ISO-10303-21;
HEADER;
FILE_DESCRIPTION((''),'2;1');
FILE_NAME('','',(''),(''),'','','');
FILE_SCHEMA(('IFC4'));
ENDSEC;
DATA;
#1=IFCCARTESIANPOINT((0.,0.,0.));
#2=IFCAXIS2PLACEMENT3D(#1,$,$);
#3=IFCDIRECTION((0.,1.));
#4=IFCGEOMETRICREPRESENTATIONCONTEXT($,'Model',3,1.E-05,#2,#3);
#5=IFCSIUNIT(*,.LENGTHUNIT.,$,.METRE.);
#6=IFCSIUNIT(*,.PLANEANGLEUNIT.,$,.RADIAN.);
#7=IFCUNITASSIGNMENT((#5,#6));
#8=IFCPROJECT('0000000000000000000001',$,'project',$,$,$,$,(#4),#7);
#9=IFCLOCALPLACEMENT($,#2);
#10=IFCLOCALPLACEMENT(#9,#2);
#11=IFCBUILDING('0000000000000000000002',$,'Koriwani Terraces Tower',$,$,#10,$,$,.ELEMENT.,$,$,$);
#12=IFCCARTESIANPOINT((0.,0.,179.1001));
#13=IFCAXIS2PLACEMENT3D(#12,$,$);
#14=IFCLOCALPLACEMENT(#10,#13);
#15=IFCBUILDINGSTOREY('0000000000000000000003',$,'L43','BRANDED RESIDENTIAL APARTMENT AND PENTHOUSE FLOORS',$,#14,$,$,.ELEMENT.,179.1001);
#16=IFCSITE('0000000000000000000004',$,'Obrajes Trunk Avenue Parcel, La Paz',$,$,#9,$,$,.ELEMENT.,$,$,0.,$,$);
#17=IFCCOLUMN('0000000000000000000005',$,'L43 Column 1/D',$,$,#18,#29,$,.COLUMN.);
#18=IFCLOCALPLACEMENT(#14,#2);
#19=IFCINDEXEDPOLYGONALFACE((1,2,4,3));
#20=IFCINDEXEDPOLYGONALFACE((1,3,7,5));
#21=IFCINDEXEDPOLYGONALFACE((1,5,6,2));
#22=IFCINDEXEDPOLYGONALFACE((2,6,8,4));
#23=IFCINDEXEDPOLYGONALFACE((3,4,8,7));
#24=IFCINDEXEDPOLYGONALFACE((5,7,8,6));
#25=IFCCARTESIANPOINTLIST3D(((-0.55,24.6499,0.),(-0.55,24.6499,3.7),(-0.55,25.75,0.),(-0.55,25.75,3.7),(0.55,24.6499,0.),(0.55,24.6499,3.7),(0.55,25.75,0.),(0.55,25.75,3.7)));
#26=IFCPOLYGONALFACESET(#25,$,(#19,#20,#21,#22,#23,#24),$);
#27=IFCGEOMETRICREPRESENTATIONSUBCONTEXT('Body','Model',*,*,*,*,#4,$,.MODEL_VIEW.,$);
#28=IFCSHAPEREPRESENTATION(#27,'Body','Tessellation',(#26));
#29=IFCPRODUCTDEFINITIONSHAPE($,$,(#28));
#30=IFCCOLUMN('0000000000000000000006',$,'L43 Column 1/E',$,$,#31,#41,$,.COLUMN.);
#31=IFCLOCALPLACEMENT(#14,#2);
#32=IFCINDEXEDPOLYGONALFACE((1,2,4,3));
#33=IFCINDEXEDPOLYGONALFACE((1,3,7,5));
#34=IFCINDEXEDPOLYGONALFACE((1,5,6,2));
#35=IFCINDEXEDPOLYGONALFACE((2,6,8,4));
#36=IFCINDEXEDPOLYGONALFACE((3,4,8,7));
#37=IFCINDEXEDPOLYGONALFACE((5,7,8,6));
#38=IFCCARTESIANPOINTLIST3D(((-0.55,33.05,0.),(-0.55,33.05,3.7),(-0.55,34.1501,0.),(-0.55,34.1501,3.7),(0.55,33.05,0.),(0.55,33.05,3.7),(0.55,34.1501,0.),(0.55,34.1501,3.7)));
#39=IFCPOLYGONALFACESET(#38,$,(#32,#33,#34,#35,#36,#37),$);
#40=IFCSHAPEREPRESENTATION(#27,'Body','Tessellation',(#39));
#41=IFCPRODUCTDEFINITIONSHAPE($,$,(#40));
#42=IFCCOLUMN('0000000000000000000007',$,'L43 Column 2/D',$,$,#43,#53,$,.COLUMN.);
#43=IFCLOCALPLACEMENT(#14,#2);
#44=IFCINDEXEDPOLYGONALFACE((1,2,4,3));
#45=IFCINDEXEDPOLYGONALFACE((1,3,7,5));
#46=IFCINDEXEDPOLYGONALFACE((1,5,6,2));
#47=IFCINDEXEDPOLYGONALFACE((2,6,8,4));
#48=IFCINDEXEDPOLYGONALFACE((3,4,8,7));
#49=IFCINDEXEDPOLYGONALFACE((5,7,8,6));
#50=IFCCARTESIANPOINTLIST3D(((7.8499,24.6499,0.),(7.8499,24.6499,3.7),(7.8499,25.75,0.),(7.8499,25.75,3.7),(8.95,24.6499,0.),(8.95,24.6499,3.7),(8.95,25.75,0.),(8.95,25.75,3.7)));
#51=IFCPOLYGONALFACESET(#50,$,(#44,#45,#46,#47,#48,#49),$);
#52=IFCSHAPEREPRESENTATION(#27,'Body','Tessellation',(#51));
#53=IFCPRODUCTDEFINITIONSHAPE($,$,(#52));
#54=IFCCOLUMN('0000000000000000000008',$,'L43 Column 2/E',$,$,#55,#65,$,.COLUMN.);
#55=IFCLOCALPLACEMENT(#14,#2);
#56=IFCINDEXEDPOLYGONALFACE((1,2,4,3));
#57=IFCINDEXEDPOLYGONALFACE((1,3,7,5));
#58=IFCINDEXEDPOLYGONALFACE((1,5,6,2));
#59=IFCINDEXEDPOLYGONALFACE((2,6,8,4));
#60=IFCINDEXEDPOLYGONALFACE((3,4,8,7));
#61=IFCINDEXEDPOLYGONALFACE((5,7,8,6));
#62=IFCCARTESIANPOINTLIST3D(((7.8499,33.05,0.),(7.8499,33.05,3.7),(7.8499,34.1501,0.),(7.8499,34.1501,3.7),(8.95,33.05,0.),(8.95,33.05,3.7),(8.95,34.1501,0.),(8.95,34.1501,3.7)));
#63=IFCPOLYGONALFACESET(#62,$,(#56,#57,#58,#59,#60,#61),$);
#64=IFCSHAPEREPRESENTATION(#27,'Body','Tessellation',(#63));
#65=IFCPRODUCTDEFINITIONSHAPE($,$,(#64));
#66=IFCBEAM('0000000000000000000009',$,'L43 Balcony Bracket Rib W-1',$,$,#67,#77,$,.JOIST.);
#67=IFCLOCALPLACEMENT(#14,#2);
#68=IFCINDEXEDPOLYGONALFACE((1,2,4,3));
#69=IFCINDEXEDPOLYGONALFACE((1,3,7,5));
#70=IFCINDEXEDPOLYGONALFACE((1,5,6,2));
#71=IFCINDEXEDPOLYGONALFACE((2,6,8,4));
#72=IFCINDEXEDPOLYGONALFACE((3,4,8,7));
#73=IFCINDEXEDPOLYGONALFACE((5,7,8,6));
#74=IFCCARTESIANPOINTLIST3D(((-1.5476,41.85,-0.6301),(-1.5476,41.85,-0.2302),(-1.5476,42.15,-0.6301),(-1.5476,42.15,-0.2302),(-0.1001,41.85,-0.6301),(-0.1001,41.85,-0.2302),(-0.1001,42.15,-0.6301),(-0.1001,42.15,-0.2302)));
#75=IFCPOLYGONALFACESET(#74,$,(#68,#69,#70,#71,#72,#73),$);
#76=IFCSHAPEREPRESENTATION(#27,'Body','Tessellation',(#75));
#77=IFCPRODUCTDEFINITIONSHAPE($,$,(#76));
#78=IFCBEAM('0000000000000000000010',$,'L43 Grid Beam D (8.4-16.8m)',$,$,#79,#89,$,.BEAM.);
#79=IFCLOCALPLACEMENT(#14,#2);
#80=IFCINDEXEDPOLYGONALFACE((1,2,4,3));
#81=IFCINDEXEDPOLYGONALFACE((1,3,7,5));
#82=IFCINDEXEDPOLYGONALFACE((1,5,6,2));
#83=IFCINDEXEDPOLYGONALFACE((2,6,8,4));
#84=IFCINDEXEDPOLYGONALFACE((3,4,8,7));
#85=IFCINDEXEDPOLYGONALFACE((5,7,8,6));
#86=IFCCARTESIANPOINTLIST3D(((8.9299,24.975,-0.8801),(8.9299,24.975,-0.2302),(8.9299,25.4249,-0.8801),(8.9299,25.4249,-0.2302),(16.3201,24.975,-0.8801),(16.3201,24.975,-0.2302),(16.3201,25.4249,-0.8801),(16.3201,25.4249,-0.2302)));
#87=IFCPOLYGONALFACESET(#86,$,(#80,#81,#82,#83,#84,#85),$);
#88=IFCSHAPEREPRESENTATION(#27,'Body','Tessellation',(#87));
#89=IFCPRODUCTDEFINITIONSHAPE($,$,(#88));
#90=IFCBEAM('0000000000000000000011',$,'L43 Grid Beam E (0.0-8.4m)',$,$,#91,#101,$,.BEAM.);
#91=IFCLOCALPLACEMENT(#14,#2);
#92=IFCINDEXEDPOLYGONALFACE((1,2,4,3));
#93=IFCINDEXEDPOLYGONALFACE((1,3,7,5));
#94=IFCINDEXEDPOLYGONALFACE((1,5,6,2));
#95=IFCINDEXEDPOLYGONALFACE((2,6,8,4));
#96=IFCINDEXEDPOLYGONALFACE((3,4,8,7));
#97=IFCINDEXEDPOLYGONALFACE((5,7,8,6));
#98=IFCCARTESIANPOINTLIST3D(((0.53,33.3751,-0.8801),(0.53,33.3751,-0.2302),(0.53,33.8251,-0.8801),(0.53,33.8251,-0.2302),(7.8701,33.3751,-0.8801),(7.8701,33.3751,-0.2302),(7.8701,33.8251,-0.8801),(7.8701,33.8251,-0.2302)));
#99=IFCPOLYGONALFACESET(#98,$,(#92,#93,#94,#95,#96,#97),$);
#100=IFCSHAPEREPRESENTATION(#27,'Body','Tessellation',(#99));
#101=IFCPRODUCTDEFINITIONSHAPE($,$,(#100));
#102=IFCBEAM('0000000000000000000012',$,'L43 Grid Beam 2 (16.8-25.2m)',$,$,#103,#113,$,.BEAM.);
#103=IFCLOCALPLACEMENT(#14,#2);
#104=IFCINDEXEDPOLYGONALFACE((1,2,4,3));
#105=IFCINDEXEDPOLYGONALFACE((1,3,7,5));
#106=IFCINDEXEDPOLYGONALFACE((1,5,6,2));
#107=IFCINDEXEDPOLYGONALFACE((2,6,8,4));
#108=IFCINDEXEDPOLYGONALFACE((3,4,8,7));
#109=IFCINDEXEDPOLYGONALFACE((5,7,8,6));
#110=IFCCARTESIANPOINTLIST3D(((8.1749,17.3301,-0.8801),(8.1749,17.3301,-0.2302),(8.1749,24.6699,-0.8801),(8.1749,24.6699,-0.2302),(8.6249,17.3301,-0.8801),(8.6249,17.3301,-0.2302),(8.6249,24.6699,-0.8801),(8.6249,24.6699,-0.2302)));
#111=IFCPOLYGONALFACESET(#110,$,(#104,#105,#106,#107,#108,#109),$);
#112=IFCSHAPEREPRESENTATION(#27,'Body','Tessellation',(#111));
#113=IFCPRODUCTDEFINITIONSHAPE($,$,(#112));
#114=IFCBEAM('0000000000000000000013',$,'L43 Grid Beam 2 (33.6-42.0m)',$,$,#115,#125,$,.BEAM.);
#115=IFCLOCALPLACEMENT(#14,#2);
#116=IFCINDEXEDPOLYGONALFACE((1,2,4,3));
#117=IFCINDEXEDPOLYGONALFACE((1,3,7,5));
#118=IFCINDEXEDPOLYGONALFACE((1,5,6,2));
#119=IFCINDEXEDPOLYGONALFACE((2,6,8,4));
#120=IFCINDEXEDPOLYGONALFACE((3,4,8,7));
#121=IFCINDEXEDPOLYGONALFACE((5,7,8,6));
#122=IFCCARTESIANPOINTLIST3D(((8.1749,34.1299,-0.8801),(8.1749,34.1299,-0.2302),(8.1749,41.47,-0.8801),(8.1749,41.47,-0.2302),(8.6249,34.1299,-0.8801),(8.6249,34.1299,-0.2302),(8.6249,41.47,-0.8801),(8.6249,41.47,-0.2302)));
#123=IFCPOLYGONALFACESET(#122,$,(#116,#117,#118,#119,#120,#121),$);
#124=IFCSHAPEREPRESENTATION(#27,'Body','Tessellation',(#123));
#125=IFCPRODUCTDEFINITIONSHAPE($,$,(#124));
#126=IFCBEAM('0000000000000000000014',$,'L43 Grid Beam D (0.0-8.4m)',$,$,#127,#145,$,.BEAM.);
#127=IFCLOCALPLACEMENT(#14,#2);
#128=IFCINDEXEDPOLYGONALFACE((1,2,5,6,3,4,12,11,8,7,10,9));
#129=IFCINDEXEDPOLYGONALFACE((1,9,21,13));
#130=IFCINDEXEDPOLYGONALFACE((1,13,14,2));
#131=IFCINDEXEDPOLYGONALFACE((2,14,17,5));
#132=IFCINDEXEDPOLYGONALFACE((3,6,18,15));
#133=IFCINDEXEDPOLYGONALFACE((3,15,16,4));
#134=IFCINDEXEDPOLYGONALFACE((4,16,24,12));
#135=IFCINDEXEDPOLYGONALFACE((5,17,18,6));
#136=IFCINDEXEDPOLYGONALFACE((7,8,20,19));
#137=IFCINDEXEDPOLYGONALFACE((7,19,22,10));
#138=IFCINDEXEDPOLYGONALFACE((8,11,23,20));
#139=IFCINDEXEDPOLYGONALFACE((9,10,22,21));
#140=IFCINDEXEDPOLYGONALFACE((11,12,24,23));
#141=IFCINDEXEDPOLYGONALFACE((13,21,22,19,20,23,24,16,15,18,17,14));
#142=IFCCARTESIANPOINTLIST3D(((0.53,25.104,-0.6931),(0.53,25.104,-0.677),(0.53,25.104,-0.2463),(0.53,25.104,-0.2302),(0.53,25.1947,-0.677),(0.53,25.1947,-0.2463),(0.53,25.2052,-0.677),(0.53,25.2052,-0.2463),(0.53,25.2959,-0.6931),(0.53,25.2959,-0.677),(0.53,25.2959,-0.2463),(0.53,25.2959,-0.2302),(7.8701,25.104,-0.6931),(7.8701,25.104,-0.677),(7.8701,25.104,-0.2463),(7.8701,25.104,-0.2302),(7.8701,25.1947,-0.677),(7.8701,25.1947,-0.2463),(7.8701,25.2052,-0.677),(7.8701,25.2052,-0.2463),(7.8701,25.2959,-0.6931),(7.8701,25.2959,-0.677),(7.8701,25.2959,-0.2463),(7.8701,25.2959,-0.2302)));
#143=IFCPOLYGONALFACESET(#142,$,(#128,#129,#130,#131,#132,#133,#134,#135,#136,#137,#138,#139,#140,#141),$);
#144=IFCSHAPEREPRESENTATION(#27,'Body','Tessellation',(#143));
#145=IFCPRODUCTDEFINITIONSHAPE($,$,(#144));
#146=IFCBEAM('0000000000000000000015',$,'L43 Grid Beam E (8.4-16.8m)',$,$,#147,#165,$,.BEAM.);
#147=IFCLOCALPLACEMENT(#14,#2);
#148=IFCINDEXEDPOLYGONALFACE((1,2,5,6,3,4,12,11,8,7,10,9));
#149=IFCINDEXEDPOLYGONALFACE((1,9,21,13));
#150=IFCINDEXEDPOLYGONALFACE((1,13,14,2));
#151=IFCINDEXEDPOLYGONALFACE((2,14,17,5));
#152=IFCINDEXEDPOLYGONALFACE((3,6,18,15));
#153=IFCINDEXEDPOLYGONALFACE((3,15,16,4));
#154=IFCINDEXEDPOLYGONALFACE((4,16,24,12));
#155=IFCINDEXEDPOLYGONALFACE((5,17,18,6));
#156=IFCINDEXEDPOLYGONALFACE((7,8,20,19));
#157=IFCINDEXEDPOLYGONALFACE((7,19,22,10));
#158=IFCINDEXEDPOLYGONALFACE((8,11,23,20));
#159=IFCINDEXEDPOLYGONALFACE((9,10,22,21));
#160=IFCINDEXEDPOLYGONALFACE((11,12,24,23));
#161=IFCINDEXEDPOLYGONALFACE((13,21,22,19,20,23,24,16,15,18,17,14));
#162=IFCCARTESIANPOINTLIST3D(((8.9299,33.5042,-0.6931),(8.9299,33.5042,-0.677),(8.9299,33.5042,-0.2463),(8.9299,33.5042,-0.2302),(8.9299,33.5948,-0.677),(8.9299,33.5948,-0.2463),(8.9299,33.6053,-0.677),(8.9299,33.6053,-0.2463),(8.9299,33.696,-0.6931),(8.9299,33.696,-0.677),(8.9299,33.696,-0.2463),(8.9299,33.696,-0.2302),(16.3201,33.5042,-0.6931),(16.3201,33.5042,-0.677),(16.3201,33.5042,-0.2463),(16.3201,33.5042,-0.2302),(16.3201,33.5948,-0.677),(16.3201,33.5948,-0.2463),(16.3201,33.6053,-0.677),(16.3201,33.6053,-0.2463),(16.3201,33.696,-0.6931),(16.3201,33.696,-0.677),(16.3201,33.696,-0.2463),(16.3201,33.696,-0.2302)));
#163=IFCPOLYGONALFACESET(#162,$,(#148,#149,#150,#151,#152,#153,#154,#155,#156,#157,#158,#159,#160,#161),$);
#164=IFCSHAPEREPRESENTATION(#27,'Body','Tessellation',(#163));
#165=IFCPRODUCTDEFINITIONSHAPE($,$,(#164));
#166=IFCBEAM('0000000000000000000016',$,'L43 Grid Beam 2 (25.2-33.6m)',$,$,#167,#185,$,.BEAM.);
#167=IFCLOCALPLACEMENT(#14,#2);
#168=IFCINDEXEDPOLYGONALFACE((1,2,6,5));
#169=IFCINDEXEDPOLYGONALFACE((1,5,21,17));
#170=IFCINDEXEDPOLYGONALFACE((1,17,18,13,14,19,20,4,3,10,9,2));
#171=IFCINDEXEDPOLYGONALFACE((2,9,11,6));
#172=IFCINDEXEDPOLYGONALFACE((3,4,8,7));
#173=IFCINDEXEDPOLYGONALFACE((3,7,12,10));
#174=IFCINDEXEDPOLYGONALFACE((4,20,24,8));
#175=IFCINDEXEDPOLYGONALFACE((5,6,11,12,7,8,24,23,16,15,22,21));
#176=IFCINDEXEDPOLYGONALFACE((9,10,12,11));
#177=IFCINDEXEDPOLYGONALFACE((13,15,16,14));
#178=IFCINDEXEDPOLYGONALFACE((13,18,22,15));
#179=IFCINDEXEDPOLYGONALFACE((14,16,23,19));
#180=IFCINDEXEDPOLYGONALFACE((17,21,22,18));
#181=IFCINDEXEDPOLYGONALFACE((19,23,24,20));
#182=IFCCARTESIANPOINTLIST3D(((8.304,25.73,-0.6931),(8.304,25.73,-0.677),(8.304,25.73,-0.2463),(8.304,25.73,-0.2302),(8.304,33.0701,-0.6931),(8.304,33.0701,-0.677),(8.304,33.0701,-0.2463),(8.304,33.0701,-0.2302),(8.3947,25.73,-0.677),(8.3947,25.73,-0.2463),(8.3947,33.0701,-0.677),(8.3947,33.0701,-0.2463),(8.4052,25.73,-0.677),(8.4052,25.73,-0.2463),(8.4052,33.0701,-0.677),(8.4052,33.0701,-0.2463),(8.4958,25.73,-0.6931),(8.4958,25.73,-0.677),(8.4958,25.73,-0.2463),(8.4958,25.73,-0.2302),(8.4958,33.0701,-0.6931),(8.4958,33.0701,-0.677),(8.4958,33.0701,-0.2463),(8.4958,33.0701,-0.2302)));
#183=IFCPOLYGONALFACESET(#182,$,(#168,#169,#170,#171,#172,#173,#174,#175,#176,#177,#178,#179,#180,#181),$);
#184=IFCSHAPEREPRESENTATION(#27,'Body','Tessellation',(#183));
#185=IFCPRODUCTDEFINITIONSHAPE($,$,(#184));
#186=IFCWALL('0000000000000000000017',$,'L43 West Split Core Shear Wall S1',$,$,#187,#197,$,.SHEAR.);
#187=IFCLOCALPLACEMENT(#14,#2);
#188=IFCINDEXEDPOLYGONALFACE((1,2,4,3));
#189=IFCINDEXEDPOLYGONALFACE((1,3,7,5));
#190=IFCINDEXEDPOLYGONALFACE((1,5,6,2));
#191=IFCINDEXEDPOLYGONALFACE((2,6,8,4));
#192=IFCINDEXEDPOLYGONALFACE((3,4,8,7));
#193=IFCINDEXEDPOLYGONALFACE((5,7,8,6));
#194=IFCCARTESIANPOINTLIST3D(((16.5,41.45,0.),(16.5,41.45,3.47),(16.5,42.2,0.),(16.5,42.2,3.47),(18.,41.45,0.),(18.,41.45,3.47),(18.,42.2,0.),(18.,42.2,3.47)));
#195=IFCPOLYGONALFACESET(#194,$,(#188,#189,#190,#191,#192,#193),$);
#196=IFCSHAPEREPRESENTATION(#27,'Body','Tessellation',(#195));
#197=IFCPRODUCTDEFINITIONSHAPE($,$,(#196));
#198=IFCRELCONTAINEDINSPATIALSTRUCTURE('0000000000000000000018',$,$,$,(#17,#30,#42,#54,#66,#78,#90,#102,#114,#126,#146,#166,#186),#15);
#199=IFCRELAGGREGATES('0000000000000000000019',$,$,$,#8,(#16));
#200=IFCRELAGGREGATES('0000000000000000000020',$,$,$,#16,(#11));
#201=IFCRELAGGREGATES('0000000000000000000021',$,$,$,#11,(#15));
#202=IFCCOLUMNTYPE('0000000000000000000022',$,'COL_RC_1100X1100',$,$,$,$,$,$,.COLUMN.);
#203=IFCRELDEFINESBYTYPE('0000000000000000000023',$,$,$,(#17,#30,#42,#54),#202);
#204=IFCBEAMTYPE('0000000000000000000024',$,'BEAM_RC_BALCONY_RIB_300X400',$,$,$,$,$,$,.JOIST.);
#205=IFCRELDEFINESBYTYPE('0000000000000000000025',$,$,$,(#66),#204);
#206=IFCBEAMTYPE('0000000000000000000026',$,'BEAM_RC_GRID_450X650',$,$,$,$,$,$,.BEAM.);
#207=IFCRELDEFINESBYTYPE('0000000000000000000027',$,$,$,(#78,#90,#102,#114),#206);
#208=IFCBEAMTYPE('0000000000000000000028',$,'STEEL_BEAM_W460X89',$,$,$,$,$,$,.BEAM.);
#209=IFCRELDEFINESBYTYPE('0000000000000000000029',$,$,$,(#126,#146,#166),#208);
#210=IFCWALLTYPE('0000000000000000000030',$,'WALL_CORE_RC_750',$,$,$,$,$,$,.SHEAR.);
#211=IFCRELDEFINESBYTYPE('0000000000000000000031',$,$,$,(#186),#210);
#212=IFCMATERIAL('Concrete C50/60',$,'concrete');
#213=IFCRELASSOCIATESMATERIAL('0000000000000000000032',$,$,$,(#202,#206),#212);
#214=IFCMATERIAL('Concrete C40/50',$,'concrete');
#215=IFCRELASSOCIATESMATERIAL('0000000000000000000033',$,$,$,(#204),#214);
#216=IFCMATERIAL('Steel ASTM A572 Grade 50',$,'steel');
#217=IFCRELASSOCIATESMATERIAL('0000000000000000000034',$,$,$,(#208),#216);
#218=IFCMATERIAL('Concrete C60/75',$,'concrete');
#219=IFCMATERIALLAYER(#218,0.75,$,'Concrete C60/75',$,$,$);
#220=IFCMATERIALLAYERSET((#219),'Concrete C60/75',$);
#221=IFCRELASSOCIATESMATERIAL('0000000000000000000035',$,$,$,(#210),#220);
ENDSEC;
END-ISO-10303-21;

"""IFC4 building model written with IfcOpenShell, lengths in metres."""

from ifc_helpers import new_model, si_unit, direction, frame, frame_2d, origin, origin_2d, place, context, subcontext, project, spatial, rectangle, i_section, extrude, material, layer, layer_set, material_profile, profile_set, type_object, element, save


model = new_model("IFC4")

# Units and contexts
model_context = context("Model", 3, precision=1e-05, world=origin(), true_north=direction((0.0, 1.0)))
body_context = subcontext(model_context, "Body", "Model", "MODEL_VIEW")
ifc_project = project(units=[si_unit("LENGTHUNIT", "METRE"), si_unit("PLANEANGLEUNIT", "RADIAN")], contexts=[model_context])

# Site, building, storey
site_placement = place(None, origin())
site = spatial("IfcSite", under=ifc_project, at=site_placement, Name="Obrajes Trunk Avenue Parcel, La Paz", CompositionType="ELEMENT", RefElevation=0.0)
building_placement = place(site_placement, origin())
building = spatial("IfcBuilding", under=site, at=building_placement, Name="Koriwani Terraces Tower", CompositionType="ELEMENT")
storey_placement = place(building_placement, frame((0.0, 0.0, 179.1001)))
storey = spatial("IfcBuildingStorey", under=building, at=storey_placement, Name="L43", Description="BRANDED RESIDENTIAL APARTMENT AND PENTHOUSE FLOORS", CompositionType="ELEMENT", Elevation=179.1001)

# Columns
ifc_material_1 = material(Name="Concrete C50/60", Category="concrete")
ifc_material_profile_1 = material_profile(ifc_material_1, rectangle(XDim=1.1001, YDim=1.1001, at=origin_2d()), Name="Concrete C50/60", Category="LoadBearing")
ifc_profile_set_1 = profile_set([ifc_material_profile_1], Name="Concrete C50/60")
column_type = type_object("IfcColumnType", Name="COL_RC_1100X1100", PredefinedType="COLUMN", material=ifc_profile_set_1)
for number, where, z_axis, x_axis, name in (
    (1, (0.0, 25.2, 0.0), (0.0, 0.0, 1.0), (1.0, 0.0, 0.0), "L43 Column 1/D"),
    (2, (0.0, 33.6001, 0.0), (0.0, 0.0, 1.0), (1.0, 0.0, 0.0), "L43 Column 1/E"),
    (3, (8.3999, 25.2, 0.0), (0.0, 0.0, 1.0), (1.0, 0.0, 0.0), "L43 Column 2/D"),
    (4, (8.3999, 33.6001, 0.0), (0.0, 0.0, 1.0), (1.0, 0.0, 0.0), "L43 Column 2/E"),
):
    element("IfcColumn", number, at=place(storey_placement, frame(where, z_axis=z_axis, x_axis=x_axis)), inside=storey, type_object=column_type, Name=name, PredefinedType="COLUMN", context=body_context, shape_type="SweptSolid", body=[
        extrude(rectangle(XDim=1.1001, YDim=1.1001, at=origin_2d()), origin(), (0.0, 0.0, 1.0), 3.7),
    ])

# Beams
ifc_material_2 = material(Name="Concrete C40/50", Category="concrete")
ifc_material_profile_2 = material_profile(ifc_material_2, rectangle(XDim=0.3, YDim=0.3999, at=origin_2d()), Name="Concrete C40/50", Category="LoadBearing")
ifc_profile_set_2 = profile_set([ifc_material_profile_2], Name="Concrete C40/50")
beam_type_1 = type_object("IfcBeamType", Name="BEAM_RC_BALCONY_RIB_300X400", PredefinedType="JOIST", material=ifc_profile_set_2)
beam_1_placement = place(storey_placement, frame((-1.5476, 42.0, -0.4302), z_axis=(1.0, 0.0, 0.0), x_axis=(0.0, 1.0, 0.0)))
element("IfcBeam", 5, at=beam_1_placement, inside=storey, type_object=beam_type_1, Name="L43 Balcony Bracket Rib W-1", PredefinedType="JOIST", context=body_context, shape_type="SweptSolid", body=[
    extrude(rectangle(XDim=0.3, YDim=0.3999, at=origin_2d()), origin(), (0.0, 0.0, 1.0), 1.4475),
])
ifc_material_profile_3 = material_profile(ifc_material_1, rectangle(XDim=0.45, YDim=0.6499, at=origin_2d()), Name="Concrete C50/60", Category="LoadBearing")
ifc_profile_set_3 = profile_set([ifc_material_profile_3], Name="Concrete C50/60")
beam_type_2 = type_object("IfcBeamType", Name="BEAM_RC_GRID_450X650", PredefinedType="BEAM", material=ifc_profile_set_3)
beam_2_placement = place(storey_placement, frame((8.9299, 25.2, -0.5552), z_axis=(1.0, 0.0, 0.0), x_axis=(0.0, 1.0, 0.0)))
element("IfcBeam", 6, at=beam_2_placement, inside=storey, type_object=beam_type_2, Name="L43 Grid Beam D (8.4-16.8m)", PredefinedType="BEAM", context=body_context, shape_type="SweptSolid", body=[
    extrude(rectangle(XDim=0.45, YDim=0.6499, at=origin_2d()), origin(), (0.0, 0.0, 1.0), 7.3901),
])
beam_3_placement = place(storey_placement, frame((0.53, 33.6001, -0.5552), z_axis=(1.0, 0.0, 0.0), x_axis=(0.0, 1.0, 0.0)))
element("IfcBeam", 7, at=beam_3_placement, inside=storey, type_object=beam_type_2, Name="L43 Grid Beam E (0.0-8.4m)", PredefinedType="BEAM", context=body_context, shape_type="SweptSolid", body=[
    extrude(rectangle(XDim=0.45, YDim=0.6499, at=origin_2d()), origin(), (0.0, 0.0, 1.0), 7.3401),
])
beam_4_placement = place(storey_placement, frame((8.3999, 17.3301, -0.5552), z_axis=(0.0, 1.0, 0.0), x_axis=(-1.0, 0.0, 0.0)))
element("IfcBeam", 8, at=beam_4_placement, inside=storey, type_object=beam_type_2, Name="L43 Grid Beam 2 (16.8-25.2m)", PredefinedType="BEAM", context=body_context, shape_type="SweptSolid", body=[
    extrude(rectangle(XDim=0.45, YDim=0.6499, at=origin_2d()), origin(), (0.0, 0.0, 1.0), 7.3398),
])
beam_5_placement = place(storey_placement, frame((8.3999, 34.1299, -0.5552), z_axis=(0.0, 1.0, 0.0), x_axis=(-1.0, 0.0, 0.0)))
element("IfcBeam", 9, at=beam_5_placement, inside=storey, type_object=beam_type_2, Name="L43 Grid Beam 2 (33.6-42.0m)", PredefinedType="BEAM", context=body_context, shape_type="SweptSolid", body=[
    extrude(rectangle(XDim=0.45, YDim=0.6499, at=origin_2d()), origin(), (0.0, 0.0, 1.0), 7.3401),
])
ifc_material_3 = material(Name="Steel ASTM A572 Grade 50", Category="steel")
ifc_material_profile_4 = material_profile(ifc_material_3, i_section(OverallWidth=0.1919, OverallDepth=0.4629, WebThickness=0.0105, FlangeThickness=0.0161, at=origin_2d()), Name="Steel ASTM A572 Grade 50", Category="LoadBearing")
ifc_profile_set_4 = profile_set([ifc_material_profile_4], Name="Steel ASTM A572 Grade 50")
beam_type_3 = type_object("IfcBeamType", Name="STEEL_BEAM_W460X89", PredefinedType="BEAM", material=ifc_profile_set_4)
beam_6_placement = place(storey_placement, frame((0.53, 25.2, -0.4617), z_axis=(1.0, 0.0, 0.0), x_axis=(0.0, 1.0, 0.0)))
element("IfcBeam", 10, at=beam_6_placement, inside=storey, type_object=beam_type_3, Name="L43 Grid Beam D (0.0-8.4m)", PredefinedType="BEAM", context=body_context, shape_type="SweptSolid", body=[
    extrude(i_section(OverallWidth=0.1919, OverallDepth=0.4629, WebThickness=0.0105, FlangeThickness=0.0161, at=origin_2d()), origin(), (0.0, 0.0, 1.0), 7.3401),
])
beam_7_placement = place(storey_placement, frame((8.9299, 33.6001, -0.4617), z_axis=(1.0, 0.0, 0.0), x_axis=(0.0, 1.0, 0.0)))
element("IfcBeam", 11, at=beam_7_placement, inside=storey, type_object=beam_type_3, Name="L43 Grid Beam E (8.4-16.8m)", PredefinedType="BEAM", context=body_context, shape_type="SweptSolid", body=[
    extrude(i_section(OverallWidth=0.1919, OverallDepth=0.4629, WebThickness=0.0105, FlangeThickness=0.0161, at=origin_2d()), origin(), (0.0, 0.0, 1.0), 7.3901),
])
beam_8_placement = place(storey_placement, frame((8.3999, 25.73, -0.4617), z_axis=(0.0, 1.0, 0.0), x_axis=(-1.0, 0.0, 0.0)))
element("IfcBeam", 12, at=beam_8_placement, inside=storey, type_object=beam_type_3, Name="L43 Grid Beam 2 (25.2-33.6m)", PredefinedType="BEAM", context=body_context, shape_type="SweptSolid", body=[
    extrude(i_section(OverallWidth=0.1919, OverallDepth=0.4629, WebThickness=0.0105, FlangeThickness=0.0161, at=origin_2d()), origin(), (0.0, 0.0, 1.0), 7.3401),
])

# Wall
ifc_material_4 = material(Name="Concrete C60/75", Category="concrete")
ifc_layer_1 = layer(ifc_material_4, 0.75, Name="Concrete C60/75")
ifc_layer_set_1 = layer_set([ifc_layer_1], Name="Concrete C60/75")
wall_type_1 = type_object("IfcWallType", Name="WALL_CORE_RC_750", PredefinedType="SHEAR", material=ifc_layer_set_1)
wall_1_placement = place(storey_placement, frame((16.5, 41.825, 0.0), z_axis=(0.0, 0.0, 1.0), x_axis=(1.0, 0.0, 0.0)))
element("IfcWall", 13, at=wall_1_placement, inside=storey, type_object=wall_type_1, Name="L43 West Split Core Shear Wall S1", PredefinedType="SHEAR", context=body_context, shape_type="SweptSolid", body=[
    extrude(rectangle(XDim=1.5, YDim=0.75, at=frame_2d((0.75, 0.0))), origin(), (0.0, 0.0, 1.0), 3.47),
])

save(model, "model.ifc")
